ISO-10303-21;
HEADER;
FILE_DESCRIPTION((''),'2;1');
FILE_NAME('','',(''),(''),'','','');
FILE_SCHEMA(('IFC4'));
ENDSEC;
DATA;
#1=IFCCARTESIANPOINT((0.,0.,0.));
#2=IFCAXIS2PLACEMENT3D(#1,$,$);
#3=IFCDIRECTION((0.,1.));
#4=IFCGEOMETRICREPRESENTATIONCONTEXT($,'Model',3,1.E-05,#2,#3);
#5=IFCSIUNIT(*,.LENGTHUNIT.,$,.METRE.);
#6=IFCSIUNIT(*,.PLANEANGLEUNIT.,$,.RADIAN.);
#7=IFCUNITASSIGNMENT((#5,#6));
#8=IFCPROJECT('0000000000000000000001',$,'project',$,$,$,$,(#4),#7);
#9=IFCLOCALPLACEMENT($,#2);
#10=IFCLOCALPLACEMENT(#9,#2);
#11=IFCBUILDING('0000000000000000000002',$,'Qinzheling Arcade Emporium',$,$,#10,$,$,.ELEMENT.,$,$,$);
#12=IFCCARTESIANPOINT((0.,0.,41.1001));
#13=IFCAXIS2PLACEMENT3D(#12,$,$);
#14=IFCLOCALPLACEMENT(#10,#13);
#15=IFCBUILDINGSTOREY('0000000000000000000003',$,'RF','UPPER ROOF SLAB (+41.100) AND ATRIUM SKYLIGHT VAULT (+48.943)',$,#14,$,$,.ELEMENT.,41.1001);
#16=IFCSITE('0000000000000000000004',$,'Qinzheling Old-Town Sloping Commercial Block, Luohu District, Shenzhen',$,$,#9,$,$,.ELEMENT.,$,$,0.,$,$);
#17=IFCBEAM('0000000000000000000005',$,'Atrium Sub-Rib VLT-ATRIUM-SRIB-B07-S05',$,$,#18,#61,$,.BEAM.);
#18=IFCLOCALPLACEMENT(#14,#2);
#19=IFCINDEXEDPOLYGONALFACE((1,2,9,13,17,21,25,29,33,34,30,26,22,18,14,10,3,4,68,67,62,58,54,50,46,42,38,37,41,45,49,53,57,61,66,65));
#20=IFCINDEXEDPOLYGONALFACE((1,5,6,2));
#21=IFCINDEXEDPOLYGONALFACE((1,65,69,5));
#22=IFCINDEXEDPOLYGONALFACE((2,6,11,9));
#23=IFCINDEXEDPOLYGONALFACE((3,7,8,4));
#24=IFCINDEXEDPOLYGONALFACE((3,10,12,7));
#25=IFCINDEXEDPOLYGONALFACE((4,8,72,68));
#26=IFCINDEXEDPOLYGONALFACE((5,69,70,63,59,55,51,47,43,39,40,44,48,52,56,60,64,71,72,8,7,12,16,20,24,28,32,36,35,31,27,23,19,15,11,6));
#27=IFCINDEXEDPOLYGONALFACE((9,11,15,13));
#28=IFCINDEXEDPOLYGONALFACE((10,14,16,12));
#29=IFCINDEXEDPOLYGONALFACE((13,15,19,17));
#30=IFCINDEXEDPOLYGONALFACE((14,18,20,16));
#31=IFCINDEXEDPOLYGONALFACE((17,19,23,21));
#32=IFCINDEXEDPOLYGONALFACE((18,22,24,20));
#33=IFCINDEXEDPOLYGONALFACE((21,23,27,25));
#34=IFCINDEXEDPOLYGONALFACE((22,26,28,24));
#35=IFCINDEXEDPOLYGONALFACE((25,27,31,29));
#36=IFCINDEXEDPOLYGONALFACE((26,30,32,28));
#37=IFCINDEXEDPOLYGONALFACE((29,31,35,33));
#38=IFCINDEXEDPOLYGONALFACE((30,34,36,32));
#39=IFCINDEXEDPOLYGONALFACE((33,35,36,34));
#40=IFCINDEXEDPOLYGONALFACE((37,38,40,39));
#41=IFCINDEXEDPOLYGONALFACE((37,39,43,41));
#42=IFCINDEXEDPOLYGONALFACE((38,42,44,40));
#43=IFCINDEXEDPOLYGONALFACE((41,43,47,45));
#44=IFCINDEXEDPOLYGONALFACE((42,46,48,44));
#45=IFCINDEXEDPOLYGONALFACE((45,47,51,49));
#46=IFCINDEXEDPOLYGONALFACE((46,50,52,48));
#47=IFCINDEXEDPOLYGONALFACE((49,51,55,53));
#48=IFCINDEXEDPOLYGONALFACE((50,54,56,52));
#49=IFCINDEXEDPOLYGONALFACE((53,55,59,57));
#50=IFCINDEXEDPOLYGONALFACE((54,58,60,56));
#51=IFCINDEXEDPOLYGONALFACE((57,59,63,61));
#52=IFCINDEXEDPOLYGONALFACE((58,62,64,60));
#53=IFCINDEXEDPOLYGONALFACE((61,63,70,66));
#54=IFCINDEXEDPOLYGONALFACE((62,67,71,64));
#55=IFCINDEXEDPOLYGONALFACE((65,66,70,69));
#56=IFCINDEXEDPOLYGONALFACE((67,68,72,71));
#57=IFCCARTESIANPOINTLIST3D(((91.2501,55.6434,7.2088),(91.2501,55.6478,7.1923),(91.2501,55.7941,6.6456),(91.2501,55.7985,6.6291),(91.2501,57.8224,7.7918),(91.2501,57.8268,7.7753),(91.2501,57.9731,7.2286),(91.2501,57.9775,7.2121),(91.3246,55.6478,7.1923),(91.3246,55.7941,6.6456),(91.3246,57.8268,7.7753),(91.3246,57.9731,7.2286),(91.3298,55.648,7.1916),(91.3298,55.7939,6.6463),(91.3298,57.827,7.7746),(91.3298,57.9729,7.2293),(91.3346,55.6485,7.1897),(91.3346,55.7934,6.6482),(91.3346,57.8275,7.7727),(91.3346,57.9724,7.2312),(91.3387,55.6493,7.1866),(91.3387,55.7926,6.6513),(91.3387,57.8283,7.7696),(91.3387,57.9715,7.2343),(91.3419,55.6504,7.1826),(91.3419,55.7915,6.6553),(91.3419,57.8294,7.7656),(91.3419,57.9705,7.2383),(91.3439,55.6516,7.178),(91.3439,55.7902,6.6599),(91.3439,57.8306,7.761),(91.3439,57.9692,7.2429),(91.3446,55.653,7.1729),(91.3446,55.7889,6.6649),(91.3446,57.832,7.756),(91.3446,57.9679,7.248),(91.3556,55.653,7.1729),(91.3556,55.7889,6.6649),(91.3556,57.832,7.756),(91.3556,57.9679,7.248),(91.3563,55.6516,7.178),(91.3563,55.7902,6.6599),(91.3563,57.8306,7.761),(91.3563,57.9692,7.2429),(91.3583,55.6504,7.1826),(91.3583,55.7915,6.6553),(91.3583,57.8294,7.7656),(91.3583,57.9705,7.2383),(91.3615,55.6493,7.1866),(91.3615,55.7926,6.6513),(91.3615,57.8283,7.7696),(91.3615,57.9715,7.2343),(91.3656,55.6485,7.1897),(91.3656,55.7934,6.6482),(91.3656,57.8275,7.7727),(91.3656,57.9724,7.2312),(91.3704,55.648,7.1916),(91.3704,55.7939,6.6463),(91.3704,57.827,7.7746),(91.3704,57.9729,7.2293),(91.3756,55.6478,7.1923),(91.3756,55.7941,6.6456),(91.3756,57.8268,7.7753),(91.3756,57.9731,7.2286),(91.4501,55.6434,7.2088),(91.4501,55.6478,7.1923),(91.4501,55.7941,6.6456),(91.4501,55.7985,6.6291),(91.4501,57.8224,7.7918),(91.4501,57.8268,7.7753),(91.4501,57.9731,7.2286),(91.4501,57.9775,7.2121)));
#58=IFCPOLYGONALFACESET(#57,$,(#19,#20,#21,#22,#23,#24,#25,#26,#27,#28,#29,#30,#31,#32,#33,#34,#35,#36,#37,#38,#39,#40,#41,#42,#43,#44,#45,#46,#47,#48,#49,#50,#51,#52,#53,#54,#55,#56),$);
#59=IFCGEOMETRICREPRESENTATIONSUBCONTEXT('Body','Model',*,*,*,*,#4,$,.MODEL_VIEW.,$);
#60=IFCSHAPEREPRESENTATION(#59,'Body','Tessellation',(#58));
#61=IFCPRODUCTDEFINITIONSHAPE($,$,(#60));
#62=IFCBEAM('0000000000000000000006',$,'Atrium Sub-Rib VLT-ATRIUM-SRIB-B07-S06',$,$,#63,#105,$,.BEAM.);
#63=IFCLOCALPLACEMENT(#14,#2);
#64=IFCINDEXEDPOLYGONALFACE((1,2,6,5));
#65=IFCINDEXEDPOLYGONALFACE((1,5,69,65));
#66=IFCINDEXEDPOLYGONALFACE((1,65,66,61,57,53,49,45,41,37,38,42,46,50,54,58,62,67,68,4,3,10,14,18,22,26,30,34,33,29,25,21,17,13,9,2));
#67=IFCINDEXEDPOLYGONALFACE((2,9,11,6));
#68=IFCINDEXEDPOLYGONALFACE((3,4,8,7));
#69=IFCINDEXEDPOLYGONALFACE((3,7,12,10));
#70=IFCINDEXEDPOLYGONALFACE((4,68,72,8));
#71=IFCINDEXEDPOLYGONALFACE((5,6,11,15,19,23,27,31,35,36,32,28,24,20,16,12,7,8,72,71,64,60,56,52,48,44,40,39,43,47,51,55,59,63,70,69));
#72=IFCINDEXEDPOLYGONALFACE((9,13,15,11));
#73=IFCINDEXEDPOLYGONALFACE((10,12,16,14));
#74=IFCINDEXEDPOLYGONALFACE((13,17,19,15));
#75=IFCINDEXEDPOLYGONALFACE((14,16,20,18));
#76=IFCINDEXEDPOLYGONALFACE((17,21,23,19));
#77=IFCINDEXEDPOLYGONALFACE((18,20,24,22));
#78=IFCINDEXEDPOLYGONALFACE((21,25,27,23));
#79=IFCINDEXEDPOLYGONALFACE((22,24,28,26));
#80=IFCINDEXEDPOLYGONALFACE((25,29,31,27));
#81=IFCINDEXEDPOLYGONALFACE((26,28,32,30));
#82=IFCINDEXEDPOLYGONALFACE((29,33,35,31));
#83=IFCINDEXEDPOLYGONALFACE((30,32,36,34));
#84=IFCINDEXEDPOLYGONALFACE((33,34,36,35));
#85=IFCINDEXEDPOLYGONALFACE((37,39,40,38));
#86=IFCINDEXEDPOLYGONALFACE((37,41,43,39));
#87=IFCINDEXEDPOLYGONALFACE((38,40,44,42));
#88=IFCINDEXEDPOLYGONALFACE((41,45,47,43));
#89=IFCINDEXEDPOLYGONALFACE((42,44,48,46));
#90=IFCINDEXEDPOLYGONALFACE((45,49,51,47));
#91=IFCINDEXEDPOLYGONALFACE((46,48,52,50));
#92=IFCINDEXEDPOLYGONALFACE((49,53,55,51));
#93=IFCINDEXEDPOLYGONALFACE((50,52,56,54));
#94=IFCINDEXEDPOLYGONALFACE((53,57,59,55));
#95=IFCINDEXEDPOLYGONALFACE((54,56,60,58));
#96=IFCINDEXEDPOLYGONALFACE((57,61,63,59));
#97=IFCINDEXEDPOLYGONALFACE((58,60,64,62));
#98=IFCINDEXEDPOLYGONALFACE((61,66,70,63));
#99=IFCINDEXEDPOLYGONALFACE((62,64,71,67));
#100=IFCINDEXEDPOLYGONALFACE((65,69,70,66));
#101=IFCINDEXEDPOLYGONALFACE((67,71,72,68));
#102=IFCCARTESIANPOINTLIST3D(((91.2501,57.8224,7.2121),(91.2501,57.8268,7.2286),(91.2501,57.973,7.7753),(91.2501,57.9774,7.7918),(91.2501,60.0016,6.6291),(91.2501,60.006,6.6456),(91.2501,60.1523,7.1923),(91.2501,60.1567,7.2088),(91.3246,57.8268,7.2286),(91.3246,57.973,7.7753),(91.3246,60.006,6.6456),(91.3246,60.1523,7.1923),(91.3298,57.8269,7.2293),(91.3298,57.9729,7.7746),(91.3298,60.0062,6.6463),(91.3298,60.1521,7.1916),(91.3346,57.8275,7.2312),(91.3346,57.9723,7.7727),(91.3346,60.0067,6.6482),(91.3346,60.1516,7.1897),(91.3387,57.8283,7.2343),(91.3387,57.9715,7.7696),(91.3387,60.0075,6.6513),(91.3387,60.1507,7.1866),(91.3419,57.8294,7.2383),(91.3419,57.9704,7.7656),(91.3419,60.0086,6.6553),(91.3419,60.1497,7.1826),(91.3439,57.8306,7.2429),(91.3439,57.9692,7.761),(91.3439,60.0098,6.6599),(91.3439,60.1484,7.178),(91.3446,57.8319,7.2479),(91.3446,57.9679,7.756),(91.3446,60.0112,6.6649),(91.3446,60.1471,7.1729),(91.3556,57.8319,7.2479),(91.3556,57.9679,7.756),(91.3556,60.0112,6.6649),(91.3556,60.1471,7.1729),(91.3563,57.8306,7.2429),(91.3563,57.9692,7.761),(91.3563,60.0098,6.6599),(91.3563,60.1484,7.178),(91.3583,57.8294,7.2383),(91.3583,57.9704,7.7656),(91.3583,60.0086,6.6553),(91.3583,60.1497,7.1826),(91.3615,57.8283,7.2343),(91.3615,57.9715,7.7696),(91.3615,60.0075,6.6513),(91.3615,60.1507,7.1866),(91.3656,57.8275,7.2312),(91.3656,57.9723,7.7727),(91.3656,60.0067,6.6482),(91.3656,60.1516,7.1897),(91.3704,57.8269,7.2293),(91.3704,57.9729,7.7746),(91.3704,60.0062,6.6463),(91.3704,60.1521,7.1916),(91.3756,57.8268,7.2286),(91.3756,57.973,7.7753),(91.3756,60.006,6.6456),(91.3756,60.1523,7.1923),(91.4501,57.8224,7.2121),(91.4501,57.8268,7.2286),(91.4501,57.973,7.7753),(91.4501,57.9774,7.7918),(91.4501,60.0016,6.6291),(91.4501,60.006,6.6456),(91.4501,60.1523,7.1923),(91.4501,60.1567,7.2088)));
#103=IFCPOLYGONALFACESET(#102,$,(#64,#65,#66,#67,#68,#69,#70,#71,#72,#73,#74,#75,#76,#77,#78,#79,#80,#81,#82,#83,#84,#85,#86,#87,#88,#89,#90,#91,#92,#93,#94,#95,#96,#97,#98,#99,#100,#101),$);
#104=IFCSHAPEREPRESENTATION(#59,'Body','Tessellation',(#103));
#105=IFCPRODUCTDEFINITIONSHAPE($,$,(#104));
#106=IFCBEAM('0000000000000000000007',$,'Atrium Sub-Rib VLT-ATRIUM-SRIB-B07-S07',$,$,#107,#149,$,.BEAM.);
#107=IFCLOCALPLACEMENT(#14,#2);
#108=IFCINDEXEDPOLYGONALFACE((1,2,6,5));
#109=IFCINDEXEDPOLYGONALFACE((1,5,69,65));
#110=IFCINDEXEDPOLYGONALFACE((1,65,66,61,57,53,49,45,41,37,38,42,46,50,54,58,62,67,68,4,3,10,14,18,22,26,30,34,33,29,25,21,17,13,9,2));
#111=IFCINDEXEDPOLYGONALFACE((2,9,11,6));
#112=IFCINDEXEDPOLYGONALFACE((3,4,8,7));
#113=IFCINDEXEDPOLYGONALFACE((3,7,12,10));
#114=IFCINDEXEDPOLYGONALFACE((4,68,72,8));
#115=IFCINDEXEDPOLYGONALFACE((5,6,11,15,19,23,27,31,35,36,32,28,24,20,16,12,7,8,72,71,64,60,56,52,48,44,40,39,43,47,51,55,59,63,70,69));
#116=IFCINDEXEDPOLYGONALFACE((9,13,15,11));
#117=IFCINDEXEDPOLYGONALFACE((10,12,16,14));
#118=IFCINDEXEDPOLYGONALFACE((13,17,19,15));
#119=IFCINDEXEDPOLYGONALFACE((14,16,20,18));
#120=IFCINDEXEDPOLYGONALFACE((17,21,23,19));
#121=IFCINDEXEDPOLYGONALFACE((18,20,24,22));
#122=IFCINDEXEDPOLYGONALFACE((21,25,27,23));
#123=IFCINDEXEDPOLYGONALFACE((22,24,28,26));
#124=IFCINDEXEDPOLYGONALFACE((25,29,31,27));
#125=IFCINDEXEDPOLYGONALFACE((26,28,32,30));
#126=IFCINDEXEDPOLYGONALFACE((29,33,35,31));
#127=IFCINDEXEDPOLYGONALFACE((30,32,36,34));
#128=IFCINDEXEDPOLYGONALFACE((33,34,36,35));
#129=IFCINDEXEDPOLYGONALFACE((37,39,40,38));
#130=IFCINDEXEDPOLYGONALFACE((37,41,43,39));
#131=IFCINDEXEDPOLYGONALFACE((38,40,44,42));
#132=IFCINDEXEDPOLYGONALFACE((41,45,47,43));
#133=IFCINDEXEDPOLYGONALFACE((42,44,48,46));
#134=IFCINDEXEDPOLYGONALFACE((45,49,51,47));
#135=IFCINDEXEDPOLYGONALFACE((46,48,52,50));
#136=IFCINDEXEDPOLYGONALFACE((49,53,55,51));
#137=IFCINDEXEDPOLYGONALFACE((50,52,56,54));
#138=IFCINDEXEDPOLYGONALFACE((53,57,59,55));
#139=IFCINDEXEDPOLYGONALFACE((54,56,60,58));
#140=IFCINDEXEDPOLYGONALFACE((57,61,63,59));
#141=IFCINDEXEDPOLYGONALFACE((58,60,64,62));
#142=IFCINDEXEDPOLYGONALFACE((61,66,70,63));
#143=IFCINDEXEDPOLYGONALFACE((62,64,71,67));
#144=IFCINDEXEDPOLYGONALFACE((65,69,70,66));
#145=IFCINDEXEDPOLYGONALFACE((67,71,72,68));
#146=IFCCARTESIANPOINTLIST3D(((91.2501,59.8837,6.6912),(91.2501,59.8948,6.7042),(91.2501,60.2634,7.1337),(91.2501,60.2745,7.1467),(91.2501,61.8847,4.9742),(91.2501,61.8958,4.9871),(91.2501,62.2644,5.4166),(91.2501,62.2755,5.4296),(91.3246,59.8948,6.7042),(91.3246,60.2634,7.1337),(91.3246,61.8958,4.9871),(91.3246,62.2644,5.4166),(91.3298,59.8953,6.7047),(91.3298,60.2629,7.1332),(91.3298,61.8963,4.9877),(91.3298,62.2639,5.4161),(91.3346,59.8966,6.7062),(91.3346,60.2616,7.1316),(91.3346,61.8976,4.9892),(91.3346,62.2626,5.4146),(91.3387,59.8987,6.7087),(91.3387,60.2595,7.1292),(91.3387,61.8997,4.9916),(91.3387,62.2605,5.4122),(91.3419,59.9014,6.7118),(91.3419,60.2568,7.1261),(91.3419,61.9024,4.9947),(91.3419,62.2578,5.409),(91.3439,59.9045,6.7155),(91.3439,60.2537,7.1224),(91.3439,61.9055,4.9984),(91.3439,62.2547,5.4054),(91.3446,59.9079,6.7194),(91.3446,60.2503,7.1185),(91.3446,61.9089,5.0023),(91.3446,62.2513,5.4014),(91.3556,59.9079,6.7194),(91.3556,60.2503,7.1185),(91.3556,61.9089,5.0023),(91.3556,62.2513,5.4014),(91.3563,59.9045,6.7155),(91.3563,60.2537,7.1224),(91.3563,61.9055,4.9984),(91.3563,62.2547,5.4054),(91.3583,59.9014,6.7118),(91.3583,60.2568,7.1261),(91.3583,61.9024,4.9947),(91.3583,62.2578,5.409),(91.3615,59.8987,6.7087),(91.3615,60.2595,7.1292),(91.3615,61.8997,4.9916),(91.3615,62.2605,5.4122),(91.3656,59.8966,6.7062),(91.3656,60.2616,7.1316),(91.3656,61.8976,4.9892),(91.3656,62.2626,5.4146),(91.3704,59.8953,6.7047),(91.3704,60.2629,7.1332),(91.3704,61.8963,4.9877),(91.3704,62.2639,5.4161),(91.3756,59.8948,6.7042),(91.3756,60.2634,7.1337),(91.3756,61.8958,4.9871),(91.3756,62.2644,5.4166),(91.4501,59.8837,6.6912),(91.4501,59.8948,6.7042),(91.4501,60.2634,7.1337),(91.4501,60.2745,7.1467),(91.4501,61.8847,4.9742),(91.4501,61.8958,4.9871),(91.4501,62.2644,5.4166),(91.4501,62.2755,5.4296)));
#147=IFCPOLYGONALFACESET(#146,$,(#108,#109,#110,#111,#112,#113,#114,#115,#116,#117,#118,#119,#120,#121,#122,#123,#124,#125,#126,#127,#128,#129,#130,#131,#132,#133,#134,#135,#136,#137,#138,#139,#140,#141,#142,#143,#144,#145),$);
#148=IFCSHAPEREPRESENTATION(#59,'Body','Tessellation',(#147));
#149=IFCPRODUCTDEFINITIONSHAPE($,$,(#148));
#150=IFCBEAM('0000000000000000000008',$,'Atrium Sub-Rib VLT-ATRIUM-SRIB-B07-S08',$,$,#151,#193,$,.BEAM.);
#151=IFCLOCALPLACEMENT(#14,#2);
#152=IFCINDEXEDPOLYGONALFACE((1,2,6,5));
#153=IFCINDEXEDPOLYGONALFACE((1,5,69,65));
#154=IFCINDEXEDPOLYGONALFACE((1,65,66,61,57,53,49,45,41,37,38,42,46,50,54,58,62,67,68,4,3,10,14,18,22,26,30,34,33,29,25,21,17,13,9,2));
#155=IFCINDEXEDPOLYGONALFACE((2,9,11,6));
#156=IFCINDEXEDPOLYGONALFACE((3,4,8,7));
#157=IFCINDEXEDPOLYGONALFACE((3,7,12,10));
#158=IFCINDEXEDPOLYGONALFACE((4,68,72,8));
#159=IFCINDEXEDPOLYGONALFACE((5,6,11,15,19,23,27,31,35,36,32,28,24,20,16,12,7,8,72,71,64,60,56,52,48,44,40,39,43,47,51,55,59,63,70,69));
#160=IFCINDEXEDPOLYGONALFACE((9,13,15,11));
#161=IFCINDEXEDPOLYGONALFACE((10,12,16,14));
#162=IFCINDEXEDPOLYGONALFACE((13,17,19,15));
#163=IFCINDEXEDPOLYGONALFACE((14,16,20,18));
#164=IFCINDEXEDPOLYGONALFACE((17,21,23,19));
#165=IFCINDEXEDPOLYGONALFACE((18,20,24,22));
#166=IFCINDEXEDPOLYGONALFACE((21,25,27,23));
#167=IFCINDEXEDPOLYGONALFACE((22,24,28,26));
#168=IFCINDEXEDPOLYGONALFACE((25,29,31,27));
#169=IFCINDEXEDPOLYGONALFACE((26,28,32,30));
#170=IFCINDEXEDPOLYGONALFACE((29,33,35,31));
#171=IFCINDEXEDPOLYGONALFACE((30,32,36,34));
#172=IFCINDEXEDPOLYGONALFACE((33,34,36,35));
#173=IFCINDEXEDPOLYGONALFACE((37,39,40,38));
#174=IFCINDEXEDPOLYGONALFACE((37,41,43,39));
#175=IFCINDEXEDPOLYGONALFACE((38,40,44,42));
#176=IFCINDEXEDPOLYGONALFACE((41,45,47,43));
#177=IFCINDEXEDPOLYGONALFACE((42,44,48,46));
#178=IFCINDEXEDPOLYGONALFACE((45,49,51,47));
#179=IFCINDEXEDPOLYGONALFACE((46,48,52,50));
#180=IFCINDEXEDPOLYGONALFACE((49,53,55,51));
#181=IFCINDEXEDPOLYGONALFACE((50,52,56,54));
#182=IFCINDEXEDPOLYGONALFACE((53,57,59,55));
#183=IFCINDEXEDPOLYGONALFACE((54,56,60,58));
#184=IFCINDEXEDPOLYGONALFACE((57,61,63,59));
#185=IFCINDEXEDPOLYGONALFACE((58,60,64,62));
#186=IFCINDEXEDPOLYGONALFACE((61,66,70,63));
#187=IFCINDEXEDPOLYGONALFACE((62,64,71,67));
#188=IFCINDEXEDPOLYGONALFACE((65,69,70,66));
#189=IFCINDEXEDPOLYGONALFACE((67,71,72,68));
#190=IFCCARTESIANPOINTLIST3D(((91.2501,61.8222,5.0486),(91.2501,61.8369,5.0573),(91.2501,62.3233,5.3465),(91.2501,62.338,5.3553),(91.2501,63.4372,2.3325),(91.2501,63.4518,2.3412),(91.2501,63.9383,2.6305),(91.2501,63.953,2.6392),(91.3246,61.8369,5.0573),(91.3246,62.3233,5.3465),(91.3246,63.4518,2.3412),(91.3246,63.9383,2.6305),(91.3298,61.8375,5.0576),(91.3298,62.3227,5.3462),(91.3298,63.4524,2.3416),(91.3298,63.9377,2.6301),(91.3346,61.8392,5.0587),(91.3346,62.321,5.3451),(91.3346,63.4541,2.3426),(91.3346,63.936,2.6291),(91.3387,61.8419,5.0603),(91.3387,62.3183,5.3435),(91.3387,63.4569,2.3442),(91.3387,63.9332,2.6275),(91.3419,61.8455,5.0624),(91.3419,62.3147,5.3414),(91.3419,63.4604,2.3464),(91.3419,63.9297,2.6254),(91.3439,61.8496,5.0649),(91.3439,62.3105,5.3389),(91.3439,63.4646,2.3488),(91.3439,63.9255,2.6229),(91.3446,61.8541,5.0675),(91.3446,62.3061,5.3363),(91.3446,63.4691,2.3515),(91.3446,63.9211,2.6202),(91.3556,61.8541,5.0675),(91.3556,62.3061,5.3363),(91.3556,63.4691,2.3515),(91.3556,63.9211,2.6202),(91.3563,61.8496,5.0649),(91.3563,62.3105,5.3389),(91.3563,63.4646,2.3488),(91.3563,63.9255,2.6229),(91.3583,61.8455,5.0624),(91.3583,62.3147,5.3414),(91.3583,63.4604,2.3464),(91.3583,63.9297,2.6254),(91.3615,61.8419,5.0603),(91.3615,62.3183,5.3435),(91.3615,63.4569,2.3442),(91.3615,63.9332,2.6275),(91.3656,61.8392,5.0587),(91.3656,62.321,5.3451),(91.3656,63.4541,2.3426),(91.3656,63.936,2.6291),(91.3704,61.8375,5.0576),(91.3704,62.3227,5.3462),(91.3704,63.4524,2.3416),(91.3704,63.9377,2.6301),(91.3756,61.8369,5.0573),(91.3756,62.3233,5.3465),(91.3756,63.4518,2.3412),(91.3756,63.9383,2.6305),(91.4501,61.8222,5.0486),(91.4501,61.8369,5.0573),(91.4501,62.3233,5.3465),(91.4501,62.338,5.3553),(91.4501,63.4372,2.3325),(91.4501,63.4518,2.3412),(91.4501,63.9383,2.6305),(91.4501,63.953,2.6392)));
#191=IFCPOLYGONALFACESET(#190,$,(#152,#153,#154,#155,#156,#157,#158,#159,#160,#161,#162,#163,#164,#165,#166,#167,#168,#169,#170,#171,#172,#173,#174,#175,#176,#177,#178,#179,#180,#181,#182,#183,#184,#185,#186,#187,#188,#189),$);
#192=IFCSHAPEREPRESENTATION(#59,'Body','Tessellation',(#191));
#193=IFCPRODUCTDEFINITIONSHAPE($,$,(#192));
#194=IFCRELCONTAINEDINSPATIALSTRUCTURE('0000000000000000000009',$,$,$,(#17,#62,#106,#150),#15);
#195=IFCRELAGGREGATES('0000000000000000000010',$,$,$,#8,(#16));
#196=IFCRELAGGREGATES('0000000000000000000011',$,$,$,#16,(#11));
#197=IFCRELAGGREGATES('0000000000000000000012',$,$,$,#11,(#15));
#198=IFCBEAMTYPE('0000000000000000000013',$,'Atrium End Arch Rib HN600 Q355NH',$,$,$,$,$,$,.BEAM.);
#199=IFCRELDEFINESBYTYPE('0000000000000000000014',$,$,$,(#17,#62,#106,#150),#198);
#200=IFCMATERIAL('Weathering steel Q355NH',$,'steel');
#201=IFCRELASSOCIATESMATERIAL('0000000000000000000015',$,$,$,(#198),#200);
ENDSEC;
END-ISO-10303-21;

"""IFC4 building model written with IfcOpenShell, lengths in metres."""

from ifc_helpers import new_model, si_unit, direction, frame, origin, origin_2d, place, context, subcontext, project, spatial, i_section, extrude, material, material_profile, profile_set, type_object, element, save


model = new_model("IFC4")

# Units and contexts
model_context = context("Model", 3, precision=1e-05, world=origin(), true_north=direction((0.0, 1.0)))
body_context = subcontext(model_context, "Body", "Model", "MODEL_VIEW")
ifc_project = project(units=[si_unit("LENGTHUNIT", "METRE"), si_unit("PLANEANGLEUNIT", "RADIAN")], contexts=[model_context])

# Site, building, storey
site_placement = place(None, origin())
site = spatial("IfcSite", under=ifc_project, at=site_placement, Name="Qinzheling Old-Town Sloping Commercial Block, Luohu District, Shenzhen", CompositionType="ELEMENT", RefElevation=0.0)
building_placement = place(site_placement, origin())
building = spatial("IfcBuilding", under=site, at=building_placement, Name="Qinzheling Arcade Emporium", CompositionType="ELEMENT")
storey_placement = place(building_placement, frame((0.0, 0.0, 41.1001)))
storey = spatial("IfcBuildingStorey", under=building, at=storey_placement, Name="RF", Description="UPPER ROOF SLAB (+41.100) AND ATRIUM SKYLIGHT VAULT (+48.943)", CompositionType="ELEMENT", Elevation=41.1001)

# Beams
ifc_material_1 = material(Name="Weathering steel Q355NH", Category="steel")
ifc_material_profile_1 = material_profile(ifc_material_1, i_section(OverallWidth=0.2, OverallDepth=0.6001, WebThickness=0.011, FlangeThickness=0.0171, FilletRadius=0.02, at=origin_2d()), Name="HN 600x200x11x17", Category="steel")
ifc_profile_set_1 = profile_set([ifc_material_profile_1], Name="Weathering steel Q355NH")
beam_type_1 = type_object("IfcBeamType", Name="Atrium End Arch Rib HN600 Q355NH", PredefinedType="BEAM", material=ifc_profile_set_1)
beam_1_placement = place(storey_placement, frame((91.3501, 55.7209, 6.9189), z_axis=(0.0, 0.966019, 0.258471), x_axis=(-1.0, 0.0, 0.0)))
element("IfcBeam", 1, at=beam_1_placement, inside=storey, type_object=beam_type_1, Name="Atrium Sub-Rib VLT-ATRIUM-SRIB-B07-S05", PredefinedType="BEAM", context=body_context, shape_type="SweptSolid", body=[
    extrude(i_section(OverallWidth=0.2, OverallDepth=0.6001, WebThickness=0.011, FlangeThickness=0.0171, FilletRadius=0.02, at=origin_2d()), origin(), (0.0, 0.0, 1.0), 2.2556),
])
beam_2_placement = place(storey_placement, frame((91.3501, 57.8999, 7.502), z_axis=(0.0, 0.966026, -0.258444), x_axis=(-1.0, 0.0, 0.0)))
element("IfcBeam", 2, at=beam_2_placement, inside=storey, type_object=beam_type_1, Name="Atrium Sub-Rib VLT-ATRIUM-SRIB-B07-S06", PredefinedType="BEAM", context=body_context, shape_type="SweptSolid", body=[
    extrude(i_section(OverallWidth=0.2, OverallDepth=0.6001, WebThickness=0.011, FlangeThickness=0.0171, FilletRadius=0.02, at=origin_2d()), origin(), (0.0, 0.0, 1.0), 2.2559),
])
beam_3_placement = place(storey_placement, frame((91.3501, 60.0791, 6.9189), z_axis=(0.0, 0.758897, -0.651211), x_axis=(-1.0, 0.0, 0.0)))
element("IfcBeam", 3, at=beam_3_placement, inside=storey, type_object=beam_type_1, Name="Atrium Sub-Rib VLT-ATRIUM-SRIB-B07-S07", PredefinedType="BEAM", context=body_context, shape_type="SweptSolid", body=[
    extrude(i_section(OverallWidth=0.2, OverallDepth=0.6001, WebThickness=0.011, FlangeThickness=0.0171, FilletRadius=0.02, at=origin_2d()), origin(), (0.0, 0.0, 1.0), 2.6367),
])
beam_4_placement = place(storey_placement, frame((91.3501, 62.0801, 5.2019), z_axis=(0.0, 0.511083, -0.859531), x_axis=(-1.0, 0.0, 0.0)))
element("IfcBeam", 4, at=beam_4_placement, inside=storey, type_object=beam_type_1, Name="Atrium Sub-Rib VLT-ATRIUM-SRIB-B07-S08", PredefinedType="BEAM", context=body_context, shape_type="SweptSolid", body=[
    extrude(i_section(OverallWidth=0.2, OverallDepth=0.6001, WebThickness=0.011, FlangeThickness=0.0171, FilletRadius=0.02, at=origin_2d()), origin(), (0.0, 0.0, 1.0), 3.1599),
])

save(model, "model.ifc")
